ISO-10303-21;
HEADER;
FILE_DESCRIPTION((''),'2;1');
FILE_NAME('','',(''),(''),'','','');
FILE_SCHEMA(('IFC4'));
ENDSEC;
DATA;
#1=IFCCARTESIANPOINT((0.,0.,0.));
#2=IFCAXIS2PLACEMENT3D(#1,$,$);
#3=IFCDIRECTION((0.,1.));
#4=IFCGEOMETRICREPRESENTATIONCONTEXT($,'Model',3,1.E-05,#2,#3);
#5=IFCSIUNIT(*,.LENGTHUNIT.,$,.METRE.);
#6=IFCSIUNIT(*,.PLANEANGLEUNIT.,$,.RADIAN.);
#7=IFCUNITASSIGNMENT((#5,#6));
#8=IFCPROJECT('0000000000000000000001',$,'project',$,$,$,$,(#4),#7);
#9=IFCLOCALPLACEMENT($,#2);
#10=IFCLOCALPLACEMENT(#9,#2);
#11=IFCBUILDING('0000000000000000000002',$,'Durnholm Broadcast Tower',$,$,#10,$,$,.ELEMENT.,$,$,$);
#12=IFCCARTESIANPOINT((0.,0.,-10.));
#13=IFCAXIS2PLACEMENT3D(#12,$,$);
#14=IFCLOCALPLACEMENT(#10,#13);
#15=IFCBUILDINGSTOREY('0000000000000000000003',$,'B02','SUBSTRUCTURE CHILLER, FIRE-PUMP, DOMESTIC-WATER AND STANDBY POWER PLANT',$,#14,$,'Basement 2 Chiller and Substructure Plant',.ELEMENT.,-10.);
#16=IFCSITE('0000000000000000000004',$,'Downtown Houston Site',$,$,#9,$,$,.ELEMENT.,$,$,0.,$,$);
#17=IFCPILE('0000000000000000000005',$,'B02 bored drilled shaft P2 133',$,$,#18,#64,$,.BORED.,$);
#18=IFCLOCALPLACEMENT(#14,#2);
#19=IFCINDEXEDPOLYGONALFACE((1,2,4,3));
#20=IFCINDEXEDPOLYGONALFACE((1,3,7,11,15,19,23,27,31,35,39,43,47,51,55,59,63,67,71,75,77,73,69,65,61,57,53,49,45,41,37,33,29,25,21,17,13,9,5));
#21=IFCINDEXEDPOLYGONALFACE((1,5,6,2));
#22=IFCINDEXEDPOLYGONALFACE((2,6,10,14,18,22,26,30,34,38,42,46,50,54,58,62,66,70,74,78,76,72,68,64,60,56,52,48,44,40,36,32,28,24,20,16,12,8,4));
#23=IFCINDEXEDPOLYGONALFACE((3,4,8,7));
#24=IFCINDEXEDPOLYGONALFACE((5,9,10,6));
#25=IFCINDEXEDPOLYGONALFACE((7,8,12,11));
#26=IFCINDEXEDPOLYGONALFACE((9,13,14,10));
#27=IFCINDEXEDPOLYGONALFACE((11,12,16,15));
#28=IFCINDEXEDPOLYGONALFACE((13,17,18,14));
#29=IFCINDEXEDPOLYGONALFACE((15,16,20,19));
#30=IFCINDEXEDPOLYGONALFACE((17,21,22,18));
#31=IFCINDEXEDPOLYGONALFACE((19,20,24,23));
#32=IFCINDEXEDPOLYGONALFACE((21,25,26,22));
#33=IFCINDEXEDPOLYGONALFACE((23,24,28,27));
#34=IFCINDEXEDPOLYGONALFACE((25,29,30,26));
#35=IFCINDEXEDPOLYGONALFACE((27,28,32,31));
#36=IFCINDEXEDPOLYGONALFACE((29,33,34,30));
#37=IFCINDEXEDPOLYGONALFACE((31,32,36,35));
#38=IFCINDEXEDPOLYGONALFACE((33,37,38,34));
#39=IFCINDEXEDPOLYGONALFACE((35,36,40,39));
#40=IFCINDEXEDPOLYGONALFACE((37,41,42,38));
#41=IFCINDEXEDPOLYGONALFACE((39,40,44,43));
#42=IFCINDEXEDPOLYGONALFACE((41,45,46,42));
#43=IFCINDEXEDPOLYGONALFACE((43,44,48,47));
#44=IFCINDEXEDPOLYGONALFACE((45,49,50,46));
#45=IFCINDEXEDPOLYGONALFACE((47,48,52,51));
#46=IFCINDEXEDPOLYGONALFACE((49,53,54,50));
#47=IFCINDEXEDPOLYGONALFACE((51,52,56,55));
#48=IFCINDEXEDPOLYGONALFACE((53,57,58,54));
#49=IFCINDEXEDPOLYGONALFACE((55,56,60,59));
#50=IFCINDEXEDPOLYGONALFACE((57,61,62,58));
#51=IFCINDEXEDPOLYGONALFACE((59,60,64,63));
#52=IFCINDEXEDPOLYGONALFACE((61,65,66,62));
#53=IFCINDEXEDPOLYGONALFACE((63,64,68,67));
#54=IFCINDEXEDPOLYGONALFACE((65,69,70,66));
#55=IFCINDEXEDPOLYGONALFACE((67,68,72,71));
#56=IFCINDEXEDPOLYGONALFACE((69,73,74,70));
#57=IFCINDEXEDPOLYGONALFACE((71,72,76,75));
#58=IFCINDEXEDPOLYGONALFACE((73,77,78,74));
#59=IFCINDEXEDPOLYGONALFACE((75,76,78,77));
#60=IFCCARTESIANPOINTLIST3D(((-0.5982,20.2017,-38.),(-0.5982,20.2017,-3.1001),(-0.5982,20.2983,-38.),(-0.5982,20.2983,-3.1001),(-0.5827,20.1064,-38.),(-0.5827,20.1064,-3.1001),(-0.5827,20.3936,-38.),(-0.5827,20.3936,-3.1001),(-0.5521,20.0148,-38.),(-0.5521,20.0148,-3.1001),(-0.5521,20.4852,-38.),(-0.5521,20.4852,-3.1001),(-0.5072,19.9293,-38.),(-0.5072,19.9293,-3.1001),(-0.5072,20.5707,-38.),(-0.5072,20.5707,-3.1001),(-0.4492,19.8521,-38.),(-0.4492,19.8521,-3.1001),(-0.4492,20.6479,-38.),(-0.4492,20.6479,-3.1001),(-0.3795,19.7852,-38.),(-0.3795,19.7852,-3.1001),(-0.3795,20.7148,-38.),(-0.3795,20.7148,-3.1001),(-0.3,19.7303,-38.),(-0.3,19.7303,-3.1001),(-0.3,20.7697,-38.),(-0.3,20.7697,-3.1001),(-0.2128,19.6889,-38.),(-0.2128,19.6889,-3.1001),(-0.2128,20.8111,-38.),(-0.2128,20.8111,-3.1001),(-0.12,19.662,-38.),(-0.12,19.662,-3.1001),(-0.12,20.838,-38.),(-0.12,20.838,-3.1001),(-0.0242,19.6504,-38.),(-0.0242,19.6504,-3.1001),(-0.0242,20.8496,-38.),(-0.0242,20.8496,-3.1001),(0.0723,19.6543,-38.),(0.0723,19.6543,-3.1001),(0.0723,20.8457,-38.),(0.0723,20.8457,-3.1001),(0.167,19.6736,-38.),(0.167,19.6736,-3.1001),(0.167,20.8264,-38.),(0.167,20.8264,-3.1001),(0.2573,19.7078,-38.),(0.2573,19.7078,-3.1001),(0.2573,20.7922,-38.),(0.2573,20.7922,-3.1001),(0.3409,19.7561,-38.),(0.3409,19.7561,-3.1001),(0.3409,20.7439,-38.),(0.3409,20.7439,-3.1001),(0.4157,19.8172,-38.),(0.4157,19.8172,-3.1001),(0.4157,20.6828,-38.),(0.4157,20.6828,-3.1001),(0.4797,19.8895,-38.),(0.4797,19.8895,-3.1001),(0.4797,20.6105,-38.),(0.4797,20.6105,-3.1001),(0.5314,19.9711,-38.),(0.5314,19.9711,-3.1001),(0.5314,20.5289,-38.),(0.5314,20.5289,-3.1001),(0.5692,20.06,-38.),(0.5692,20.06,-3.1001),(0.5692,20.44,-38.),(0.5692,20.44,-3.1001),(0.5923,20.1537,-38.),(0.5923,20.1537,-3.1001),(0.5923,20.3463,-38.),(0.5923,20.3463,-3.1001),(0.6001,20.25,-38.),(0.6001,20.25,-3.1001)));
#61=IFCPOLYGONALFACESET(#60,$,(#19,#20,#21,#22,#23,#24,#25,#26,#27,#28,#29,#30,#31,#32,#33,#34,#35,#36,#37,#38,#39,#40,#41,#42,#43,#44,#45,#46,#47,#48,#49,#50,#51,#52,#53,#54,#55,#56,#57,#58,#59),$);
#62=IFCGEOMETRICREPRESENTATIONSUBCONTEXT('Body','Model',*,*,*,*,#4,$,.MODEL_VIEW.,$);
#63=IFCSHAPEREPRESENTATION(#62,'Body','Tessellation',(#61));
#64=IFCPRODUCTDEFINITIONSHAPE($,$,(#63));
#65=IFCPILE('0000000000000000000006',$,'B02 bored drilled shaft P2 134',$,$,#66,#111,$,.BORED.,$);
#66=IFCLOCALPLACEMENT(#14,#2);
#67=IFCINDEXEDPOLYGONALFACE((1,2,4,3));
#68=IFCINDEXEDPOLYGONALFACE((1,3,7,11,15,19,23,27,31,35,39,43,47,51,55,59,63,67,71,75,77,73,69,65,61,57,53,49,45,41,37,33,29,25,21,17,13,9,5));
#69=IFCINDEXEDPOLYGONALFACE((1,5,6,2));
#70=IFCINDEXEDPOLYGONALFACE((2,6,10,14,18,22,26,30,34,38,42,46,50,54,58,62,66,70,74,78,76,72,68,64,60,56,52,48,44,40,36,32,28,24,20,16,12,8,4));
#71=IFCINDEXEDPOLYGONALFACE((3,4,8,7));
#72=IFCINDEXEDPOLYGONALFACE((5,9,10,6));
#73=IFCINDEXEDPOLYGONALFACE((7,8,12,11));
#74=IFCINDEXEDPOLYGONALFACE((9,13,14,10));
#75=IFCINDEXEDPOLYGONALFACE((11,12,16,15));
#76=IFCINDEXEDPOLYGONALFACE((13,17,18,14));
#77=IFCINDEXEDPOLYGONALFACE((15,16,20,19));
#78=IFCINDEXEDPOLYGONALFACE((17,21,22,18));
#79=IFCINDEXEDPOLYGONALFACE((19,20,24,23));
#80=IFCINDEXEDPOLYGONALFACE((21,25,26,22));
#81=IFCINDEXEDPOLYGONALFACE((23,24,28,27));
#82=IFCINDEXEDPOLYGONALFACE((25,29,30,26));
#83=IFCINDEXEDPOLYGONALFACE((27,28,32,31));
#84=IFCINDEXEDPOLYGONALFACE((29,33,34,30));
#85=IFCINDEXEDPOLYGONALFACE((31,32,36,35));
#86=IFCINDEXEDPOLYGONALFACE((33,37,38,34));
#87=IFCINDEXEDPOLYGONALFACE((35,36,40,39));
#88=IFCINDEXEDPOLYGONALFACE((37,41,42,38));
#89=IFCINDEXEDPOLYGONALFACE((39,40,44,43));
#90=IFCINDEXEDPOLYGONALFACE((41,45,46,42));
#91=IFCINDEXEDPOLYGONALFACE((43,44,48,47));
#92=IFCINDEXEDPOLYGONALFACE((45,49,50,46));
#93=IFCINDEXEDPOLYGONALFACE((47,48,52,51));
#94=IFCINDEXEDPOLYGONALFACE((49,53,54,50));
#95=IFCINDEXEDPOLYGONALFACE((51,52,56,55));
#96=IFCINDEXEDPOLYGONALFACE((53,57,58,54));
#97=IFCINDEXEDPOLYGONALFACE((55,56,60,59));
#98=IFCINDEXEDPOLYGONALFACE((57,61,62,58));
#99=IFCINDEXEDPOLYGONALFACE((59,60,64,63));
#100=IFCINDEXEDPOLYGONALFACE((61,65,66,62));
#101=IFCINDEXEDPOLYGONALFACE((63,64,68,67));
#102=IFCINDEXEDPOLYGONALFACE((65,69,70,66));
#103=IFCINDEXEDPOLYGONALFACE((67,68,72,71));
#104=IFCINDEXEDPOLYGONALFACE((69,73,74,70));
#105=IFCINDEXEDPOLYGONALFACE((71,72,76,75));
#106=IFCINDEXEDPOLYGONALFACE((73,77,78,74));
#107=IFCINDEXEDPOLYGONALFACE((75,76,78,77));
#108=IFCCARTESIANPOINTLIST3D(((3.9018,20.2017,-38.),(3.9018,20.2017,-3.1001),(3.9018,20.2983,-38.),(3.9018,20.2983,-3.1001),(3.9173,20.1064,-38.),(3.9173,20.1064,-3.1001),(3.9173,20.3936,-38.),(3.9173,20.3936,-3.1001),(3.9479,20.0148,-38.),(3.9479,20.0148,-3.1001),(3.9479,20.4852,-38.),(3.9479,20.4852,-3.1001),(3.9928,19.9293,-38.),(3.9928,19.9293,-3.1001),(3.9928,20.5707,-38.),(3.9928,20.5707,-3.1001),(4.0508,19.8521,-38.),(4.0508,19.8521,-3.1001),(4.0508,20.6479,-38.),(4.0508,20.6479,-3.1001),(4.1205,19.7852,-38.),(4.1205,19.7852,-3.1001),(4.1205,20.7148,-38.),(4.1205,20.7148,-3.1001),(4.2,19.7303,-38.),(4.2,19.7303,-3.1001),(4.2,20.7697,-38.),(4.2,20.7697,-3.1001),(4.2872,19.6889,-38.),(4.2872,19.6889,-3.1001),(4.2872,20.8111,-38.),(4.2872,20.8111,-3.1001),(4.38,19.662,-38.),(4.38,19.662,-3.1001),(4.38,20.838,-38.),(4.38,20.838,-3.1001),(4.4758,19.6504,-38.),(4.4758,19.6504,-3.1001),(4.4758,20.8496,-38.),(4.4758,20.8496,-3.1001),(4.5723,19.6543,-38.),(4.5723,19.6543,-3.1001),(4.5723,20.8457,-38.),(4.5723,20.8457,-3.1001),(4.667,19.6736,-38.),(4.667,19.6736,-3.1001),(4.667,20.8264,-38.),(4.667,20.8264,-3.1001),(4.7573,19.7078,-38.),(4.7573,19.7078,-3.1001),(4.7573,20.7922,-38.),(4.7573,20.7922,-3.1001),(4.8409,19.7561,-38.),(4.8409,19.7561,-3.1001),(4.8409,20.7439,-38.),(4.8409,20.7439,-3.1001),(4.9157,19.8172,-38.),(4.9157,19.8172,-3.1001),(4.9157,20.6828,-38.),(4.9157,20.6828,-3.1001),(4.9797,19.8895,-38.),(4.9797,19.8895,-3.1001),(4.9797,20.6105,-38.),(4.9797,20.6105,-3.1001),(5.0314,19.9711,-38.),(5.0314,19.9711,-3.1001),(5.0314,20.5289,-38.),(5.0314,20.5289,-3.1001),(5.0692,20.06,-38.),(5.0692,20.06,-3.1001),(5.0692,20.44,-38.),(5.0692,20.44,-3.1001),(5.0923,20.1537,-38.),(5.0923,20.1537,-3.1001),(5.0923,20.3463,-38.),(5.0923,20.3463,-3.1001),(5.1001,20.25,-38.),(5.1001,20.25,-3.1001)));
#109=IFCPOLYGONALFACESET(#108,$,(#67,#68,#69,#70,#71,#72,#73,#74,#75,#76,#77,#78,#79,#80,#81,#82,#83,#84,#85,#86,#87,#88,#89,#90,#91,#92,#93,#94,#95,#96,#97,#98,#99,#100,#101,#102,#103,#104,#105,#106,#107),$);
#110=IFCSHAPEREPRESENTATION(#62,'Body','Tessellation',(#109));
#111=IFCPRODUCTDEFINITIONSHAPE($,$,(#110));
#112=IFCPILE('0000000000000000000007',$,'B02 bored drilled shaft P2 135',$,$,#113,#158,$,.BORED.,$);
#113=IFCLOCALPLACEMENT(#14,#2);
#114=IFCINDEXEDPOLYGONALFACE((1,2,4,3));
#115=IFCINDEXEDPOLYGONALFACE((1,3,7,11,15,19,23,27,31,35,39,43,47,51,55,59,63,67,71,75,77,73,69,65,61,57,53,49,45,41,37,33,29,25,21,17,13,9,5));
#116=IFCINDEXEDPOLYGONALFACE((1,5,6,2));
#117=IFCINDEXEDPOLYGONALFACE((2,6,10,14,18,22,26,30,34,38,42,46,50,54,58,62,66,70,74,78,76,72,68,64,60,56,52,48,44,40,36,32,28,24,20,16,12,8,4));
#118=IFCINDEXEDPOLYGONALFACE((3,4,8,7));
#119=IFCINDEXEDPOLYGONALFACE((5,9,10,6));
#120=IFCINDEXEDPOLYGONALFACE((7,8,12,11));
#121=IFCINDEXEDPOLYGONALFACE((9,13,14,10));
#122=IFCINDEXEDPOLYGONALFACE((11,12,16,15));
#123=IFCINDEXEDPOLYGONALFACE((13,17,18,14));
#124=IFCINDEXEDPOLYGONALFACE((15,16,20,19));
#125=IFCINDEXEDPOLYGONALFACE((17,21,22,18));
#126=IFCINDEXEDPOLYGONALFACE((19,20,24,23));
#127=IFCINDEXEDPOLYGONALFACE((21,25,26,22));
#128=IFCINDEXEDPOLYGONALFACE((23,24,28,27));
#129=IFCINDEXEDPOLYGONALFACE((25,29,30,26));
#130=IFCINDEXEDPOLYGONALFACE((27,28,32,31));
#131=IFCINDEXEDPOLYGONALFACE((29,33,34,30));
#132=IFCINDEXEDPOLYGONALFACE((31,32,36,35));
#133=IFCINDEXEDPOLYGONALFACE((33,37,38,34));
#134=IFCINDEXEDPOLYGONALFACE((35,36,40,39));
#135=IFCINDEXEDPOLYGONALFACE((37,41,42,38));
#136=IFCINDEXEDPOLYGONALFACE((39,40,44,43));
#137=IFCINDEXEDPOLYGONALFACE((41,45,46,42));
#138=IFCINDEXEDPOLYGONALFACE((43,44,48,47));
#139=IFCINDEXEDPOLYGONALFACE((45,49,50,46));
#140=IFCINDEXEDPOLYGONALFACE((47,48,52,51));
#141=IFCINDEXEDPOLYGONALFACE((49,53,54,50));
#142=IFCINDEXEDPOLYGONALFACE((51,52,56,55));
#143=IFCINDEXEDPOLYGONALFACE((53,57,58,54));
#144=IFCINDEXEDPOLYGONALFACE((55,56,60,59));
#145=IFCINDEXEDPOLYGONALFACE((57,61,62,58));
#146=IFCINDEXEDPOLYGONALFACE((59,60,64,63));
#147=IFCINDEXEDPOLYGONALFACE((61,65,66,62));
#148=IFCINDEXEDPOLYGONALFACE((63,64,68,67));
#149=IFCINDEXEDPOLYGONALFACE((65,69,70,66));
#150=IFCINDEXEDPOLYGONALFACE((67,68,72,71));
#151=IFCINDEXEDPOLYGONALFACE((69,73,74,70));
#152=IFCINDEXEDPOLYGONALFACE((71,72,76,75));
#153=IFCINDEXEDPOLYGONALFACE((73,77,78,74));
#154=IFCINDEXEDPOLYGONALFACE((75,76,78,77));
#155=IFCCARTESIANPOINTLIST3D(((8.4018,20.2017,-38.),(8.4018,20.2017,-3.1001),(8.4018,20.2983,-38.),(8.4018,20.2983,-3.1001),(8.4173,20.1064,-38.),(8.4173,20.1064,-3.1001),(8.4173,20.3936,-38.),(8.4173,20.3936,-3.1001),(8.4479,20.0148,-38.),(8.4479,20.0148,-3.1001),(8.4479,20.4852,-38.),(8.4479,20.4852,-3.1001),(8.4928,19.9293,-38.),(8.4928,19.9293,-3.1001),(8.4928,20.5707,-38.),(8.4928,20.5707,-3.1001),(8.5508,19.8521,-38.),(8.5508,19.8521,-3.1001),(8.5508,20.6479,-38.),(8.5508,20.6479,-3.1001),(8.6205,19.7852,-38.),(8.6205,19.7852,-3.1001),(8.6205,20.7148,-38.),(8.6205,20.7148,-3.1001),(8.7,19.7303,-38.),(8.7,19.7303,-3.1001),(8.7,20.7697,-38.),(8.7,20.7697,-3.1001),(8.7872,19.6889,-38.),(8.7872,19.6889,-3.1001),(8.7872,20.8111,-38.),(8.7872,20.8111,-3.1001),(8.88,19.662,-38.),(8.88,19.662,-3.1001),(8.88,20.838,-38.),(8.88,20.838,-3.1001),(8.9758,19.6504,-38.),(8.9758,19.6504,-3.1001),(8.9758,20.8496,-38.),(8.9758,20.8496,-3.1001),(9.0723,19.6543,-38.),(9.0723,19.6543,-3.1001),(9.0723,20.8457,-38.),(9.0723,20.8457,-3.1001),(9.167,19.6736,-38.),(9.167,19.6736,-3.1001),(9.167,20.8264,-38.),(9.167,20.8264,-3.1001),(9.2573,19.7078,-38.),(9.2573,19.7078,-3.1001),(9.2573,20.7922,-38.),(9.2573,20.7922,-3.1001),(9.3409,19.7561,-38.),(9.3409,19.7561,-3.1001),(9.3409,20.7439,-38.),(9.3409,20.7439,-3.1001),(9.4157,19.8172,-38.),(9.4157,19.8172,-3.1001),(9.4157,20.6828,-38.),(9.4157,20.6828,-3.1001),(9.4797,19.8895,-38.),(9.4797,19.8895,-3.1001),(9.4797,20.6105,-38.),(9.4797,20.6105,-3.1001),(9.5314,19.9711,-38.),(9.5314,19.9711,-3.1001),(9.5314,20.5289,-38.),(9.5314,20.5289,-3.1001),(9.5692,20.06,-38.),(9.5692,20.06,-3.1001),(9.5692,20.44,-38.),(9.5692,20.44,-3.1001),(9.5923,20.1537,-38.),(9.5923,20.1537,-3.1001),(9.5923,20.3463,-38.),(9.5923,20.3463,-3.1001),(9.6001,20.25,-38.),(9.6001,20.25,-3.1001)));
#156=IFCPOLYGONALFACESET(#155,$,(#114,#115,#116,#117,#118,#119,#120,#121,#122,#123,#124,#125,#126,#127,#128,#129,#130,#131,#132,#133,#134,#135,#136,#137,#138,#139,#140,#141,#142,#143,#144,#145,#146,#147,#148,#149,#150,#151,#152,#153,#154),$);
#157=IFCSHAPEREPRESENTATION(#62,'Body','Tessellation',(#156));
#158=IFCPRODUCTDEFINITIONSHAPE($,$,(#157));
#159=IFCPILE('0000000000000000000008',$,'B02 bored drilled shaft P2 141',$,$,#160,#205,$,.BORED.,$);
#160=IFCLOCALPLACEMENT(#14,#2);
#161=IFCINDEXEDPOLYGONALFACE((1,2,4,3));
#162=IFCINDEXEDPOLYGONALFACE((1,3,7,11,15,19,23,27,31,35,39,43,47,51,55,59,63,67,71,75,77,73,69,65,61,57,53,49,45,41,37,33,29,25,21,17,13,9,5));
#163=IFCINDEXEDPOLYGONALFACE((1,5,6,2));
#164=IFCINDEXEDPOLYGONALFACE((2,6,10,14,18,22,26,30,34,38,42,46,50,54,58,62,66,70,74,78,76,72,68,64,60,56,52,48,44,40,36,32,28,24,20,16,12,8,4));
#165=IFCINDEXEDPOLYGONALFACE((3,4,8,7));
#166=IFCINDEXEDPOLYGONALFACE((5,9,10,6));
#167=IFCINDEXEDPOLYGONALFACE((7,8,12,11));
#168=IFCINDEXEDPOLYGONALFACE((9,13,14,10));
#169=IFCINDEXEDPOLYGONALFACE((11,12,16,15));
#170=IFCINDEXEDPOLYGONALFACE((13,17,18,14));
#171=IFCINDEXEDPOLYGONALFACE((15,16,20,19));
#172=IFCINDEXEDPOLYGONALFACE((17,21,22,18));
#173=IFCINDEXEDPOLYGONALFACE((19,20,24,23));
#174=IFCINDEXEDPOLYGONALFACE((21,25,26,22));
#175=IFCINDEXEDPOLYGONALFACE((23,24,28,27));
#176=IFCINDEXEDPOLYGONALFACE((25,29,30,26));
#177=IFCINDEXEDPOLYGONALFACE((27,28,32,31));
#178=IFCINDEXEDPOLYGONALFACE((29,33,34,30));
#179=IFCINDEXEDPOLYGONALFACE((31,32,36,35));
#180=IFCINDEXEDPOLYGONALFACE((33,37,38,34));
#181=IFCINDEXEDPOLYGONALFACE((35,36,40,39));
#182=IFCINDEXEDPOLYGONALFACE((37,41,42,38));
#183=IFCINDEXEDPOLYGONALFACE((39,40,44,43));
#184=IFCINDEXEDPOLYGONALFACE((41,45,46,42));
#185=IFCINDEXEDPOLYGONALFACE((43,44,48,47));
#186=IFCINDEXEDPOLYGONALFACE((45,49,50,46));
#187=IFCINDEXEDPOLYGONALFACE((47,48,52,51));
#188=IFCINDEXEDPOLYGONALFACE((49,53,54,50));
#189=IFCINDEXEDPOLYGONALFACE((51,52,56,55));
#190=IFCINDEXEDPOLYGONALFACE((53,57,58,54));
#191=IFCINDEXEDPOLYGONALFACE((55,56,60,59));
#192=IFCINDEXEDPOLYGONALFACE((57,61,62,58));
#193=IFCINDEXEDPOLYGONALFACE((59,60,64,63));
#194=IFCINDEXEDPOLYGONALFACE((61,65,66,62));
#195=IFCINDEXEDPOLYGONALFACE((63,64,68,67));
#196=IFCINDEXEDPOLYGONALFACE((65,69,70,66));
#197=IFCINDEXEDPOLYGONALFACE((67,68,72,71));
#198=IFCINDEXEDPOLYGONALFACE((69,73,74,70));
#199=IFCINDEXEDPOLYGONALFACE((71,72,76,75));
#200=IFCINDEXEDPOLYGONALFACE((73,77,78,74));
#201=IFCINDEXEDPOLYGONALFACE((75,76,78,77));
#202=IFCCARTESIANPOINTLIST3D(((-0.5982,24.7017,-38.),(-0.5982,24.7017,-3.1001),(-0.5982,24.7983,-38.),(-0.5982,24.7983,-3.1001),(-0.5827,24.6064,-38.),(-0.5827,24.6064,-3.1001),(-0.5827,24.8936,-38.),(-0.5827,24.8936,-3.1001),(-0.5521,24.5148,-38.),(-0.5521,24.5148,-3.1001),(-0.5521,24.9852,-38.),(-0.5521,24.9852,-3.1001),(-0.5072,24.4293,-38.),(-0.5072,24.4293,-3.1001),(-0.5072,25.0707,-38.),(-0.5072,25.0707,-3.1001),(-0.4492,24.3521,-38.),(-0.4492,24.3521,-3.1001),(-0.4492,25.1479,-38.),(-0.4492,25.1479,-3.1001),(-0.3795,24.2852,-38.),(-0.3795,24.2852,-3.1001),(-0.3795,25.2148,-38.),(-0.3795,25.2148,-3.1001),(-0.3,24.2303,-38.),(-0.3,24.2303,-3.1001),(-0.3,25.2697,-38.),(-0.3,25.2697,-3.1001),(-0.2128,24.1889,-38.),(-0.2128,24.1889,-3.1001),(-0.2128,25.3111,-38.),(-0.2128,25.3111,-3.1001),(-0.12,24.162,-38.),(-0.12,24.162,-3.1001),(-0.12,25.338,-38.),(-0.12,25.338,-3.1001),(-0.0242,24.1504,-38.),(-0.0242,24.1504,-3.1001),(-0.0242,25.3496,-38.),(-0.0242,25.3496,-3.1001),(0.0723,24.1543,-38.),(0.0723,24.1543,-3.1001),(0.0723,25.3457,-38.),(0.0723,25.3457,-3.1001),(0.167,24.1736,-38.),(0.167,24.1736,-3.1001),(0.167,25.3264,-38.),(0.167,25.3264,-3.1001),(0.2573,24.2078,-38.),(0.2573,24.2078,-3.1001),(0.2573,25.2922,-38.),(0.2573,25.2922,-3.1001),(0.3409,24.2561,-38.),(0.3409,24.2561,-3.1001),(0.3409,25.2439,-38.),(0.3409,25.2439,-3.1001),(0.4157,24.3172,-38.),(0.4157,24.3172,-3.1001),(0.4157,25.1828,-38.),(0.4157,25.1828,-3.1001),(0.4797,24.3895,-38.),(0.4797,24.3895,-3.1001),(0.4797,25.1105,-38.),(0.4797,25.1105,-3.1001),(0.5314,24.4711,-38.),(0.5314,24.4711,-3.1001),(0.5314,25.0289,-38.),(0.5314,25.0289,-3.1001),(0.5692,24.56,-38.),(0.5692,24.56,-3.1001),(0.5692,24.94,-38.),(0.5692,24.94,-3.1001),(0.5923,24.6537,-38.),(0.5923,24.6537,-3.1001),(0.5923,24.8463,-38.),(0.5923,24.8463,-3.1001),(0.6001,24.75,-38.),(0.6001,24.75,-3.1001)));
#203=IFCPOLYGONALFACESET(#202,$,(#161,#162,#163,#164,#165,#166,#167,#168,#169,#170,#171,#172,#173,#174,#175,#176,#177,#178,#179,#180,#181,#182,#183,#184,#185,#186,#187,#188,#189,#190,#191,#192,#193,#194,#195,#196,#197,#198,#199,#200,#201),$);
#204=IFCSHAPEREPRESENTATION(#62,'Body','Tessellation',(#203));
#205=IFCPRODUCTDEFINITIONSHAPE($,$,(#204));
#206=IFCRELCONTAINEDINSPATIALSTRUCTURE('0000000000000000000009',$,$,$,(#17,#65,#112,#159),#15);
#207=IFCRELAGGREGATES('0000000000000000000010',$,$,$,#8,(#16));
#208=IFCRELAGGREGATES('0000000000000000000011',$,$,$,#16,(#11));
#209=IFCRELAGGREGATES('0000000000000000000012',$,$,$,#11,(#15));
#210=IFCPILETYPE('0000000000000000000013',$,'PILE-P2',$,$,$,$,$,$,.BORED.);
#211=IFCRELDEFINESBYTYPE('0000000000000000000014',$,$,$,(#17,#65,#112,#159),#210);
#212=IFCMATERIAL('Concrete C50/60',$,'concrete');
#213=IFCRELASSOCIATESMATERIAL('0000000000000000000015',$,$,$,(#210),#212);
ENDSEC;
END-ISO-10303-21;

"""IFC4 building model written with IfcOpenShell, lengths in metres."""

from ifc_helpers import new_model, si_unit, direction, frame, origin, origin_2d, place, context, subcontext, project, spatial, circle, extrude, source, transform, mapped, material, material_profile, profile_set, type_object, type_shapes, element, save


model = new_model("IFC4")

# Units and contexts
model_context = context("Model", 3, precision=1e-05, world=origin(), true_north=direction((0.0, 1.0)))
body_context = subcontext(model_context, "Body", "Model", "MODEL_VIEW")
ifc_project = project(units=[si_unit("LENGTHUNIT", "METRE"), si_unit("PLANEANGLEUNIT", "RADIAN")], contexts=[model_context])

# Site, building, storey
site_placement = place(None, origin())
site = spatial("IfcSite", under=ifc_project, at=site_placement, Name="Downtown Houston Site", CompositionType="ELEMENT", RefElevation=0.0)
building_placement = place(site_placement, origin())
building = spatial("IfcBuilding", under=site, at=building_placement, Name="Durnholm Broadcast Tower", CompositionType="ELEMENT")
storey_placement = place(building_placement, frame((0.0, 0.0, -10.0)))
storey = spatial("IfcBuildingStorey", under=building, at=storey_placement, Name="B02", Description="SUBSTRUCTURE CHILLER, FIRE-PUMP, DOMESTIC-WATER AND STANDBY POWER PLANT", LongName="Basement 2 Chiller and Substructure Plant", CompositionType="ELEMENT", Elevation=-10.0)

# Piles
ifc_material_1 = material(Name="Concrete C50/60", Category="concrete")
ifc_material_profile_1 = material_profile(ifc_material_1, circle(Radius=0.6001, at=origin_2d()), Name="PILE1200")
ifc_profile_set_1 = profile_set([ifc_material_profile_1], Name="Concrete C50/60")
pile_type_1 = type_object("IfcPileType", Name="PILE-P2", PredefinedType="BORED", material=ifc_profile_set_1)
shared_shape_1 = source(origin(), body_context, "Body", "SweptSolid", [
    extrude(circle(Radius=0.6001, at=origin_2d()), origin(), (0.0, 0.0, 1.0), 34.8999),
])
type_shapes(pile_type_1, [shared_shape_1])
for number, where, z_axis, x_axis, name in (
    (1, (0.0, 20.25, -3.1001), (0.0, 0.0, -1.0), (1.0, 0.0, 0.0), "B02 bored drilled shaft P2 133"),
    (2, (4.5, 20.25, -3.1001), (0.0, 0.0, -1.0), (1.0, 0.0, 0.0), "B02 bored drilled shaft P2 134"),
    (3, (9.0, 20.25, -3.1001), (0.0, 0.0, -1.0), (1.0, 0.0, 0.0), "B02 bored drilled shaft P2 135"),
    (4, (0.0, 24.75, -3.1001), (0.0, 0.0, -1.0), (1.0, 0.0, 0.0), "B02 bored drilled shaft P2 141"),
):
    element("IfcPile", number, at=place(storey_placement, frame(where, z_axis=z_axis, x_axis=x_axis)), inside=storey, type_object=pile_type_1, Name=name, PredefinedType="BORED", context=body_context, shape_type="MappedRepresentation", body=[
        mapped(shared_shape_1, transform((0.0, 0.0, 0.0), x_axis=(1.0, 0.0, 0.0), y_axis=(0.0, 1.0, 0.0), z_axis=(0.0, 0.0, 1.0), scale=1.0)),
    ])

save(model, "model.ifc")
